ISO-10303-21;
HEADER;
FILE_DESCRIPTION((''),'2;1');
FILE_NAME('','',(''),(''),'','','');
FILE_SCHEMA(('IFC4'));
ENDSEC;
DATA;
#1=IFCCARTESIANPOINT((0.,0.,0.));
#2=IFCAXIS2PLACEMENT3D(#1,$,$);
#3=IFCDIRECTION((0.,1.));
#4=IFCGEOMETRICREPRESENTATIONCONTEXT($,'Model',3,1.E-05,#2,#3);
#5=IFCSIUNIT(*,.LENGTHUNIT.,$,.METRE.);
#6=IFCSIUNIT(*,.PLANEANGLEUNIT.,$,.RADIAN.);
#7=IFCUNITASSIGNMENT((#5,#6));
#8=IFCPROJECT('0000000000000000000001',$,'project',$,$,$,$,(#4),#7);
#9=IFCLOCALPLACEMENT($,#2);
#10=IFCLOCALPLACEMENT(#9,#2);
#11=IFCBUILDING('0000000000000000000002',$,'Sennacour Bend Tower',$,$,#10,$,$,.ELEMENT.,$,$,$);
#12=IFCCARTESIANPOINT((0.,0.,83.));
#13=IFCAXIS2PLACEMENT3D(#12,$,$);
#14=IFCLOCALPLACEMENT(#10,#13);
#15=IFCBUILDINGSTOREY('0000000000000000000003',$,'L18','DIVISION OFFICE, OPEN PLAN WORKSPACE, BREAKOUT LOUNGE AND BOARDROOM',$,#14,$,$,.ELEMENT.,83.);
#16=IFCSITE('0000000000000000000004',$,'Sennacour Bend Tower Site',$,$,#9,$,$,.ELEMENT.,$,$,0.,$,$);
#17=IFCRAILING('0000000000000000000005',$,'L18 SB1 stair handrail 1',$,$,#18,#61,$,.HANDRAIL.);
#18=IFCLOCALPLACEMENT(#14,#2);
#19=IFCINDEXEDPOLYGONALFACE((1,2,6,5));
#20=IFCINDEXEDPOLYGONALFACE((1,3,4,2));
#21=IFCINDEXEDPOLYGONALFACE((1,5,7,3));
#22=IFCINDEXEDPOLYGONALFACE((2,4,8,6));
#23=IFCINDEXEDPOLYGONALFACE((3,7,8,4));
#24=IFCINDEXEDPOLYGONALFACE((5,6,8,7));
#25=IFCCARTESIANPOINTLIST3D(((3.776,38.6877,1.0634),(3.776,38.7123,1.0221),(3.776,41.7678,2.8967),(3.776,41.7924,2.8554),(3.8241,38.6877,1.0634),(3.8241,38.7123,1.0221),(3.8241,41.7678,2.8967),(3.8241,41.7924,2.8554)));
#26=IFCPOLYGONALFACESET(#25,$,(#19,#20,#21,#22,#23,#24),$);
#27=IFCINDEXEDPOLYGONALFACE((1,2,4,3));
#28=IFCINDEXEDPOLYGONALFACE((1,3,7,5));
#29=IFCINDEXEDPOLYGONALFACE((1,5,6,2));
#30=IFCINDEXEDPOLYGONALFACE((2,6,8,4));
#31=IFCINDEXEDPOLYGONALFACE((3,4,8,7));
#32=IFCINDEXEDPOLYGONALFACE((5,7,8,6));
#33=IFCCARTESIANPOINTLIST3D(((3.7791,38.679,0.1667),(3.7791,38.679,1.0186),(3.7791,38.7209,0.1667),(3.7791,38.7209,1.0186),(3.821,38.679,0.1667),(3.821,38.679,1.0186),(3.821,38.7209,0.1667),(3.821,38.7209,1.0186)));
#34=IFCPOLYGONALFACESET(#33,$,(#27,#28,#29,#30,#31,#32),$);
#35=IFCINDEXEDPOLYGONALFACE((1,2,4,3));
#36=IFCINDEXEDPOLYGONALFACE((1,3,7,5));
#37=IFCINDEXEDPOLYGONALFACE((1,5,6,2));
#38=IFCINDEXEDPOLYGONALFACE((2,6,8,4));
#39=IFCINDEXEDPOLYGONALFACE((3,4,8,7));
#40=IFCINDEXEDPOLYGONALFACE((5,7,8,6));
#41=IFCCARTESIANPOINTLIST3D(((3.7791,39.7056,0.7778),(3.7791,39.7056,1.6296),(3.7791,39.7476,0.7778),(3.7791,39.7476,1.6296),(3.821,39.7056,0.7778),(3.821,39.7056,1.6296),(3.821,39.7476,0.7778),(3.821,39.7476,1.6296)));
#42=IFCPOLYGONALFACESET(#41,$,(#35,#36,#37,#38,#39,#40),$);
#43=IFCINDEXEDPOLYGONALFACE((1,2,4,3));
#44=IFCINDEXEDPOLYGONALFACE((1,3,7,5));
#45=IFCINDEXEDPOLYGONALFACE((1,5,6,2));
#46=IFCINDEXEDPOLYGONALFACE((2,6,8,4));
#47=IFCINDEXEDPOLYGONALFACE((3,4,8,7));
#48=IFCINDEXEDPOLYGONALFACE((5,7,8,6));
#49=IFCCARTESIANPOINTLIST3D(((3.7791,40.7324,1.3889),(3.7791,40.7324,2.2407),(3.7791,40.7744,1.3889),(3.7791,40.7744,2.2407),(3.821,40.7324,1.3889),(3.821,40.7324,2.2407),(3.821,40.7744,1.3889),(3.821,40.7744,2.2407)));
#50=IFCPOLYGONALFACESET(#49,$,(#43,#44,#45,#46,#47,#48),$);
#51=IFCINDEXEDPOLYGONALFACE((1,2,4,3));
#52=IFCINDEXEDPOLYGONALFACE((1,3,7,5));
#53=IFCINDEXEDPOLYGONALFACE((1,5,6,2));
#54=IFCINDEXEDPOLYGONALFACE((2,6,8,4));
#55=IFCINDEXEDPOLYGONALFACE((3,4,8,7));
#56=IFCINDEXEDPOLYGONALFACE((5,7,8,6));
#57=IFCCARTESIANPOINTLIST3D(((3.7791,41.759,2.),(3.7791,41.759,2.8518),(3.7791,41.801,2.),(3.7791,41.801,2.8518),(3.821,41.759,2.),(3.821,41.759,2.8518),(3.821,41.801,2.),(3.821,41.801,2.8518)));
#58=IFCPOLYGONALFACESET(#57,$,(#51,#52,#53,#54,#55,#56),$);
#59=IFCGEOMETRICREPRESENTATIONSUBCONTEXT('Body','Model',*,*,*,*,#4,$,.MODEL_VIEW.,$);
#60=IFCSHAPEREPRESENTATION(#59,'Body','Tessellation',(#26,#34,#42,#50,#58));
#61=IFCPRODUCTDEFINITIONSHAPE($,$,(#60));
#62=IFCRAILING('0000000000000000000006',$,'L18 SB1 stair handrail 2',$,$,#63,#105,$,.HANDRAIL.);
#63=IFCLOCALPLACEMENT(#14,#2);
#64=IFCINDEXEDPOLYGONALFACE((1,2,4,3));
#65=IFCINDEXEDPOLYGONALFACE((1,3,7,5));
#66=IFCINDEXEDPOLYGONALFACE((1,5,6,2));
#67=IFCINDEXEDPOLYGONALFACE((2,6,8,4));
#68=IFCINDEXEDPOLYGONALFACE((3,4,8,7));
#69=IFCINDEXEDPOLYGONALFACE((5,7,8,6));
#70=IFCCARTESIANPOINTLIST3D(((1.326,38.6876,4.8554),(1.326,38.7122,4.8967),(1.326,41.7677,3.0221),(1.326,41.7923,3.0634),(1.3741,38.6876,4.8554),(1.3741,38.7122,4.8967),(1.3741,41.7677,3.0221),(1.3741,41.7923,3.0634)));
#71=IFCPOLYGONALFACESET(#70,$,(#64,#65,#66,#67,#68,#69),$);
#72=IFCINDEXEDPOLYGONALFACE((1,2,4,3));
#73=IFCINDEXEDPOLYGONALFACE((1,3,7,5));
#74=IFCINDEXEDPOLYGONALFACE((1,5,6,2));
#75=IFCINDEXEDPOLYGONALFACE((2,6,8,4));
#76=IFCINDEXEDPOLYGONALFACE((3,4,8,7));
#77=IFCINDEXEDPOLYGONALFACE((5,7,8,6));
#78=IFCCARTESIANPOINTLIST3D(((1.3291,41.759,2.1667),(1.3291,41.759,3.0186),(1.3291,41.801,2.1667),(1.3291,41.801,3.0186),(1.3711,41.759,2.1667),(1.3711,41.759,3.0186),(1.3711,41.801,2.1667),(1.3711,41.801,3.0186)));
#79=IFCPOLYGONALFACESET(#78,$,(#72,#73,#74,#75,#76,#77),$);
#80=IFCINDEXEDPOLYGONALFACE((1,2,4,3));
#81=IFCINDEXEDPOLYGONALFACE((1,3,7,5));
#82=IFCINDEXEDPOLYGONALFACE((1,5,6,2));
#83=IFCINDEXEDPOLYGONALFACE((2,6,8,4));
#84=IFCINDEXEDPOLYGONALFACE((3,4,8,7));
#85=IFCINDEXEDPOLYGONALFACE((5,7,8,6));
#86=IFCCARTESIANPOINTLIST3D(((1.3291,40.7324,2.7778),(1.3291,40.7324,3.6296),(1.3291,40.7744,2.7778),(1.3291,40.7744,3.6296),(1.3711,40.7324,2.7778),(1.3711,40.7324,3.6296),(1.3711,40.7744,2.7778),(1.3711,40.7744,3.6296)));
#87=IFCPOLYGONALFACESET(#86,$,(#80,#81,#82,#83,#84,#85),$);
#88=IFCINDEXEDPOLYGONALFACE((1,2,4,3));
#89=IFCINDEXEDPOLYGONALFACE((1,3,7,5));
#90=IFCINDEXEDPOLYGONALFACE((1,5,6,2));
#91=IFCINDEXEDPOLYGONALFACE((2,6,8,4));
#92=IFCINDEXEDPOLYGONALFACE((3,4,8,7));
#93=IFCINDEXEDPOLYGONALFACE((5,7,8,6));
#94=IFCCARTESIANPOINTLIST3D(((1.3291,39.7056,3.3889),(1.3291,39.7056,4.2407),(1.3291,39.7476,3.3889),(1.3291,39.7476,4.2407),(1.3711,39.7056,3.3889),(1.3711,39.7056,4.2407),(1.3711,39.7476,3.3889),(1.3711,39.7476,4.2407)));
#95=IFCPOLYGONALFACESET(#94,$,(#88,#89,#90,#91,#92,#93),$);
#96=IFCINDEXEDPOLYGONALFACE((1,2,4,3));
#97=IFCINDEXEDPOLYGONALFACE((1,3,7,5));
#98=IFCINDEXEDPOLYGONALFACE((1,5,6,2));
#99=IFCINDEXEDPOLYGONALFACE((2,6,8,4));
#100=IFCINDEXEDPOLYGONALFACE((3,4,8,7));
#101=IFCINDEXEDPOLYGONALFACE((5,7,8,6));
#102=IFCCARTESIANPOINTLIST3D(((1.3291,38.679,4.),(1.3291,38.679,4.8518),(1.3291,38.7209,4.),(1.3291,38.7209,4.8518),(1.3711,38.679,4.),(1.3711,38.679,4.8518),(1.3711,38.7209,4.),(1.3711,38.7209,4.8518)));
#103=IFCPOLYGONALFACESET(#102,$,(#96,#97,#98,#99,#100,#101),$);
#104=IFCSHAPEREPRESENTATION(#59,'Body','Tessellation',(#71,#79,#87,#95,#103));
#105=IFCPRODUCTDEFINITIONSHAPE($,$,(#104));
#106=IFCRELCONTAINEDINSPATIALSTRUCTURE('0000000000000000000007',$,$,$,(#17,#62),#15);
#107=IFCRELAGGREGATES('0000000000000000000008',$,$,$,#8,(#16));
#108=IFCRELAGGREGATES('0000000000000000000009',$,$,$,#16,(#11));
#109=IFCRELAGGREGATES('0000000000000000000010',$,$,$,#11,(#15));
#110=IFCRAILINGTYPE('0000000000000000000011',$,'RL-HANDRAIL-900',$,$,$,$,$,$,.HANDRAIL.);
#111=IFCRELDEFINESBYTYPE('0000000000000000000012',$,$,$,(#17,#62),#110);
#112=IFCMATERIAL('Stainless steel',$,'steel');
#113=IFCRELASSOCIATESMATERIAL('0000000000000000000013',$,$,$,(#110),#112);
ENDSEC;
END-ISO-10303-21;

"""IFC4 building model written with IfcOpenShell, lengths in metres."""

from ifc_helpers import new_model, si_unit, direction, frame, origin, origin_2d, place, context, subcontext, project, spatial, rectangle, extrude, material, type_object, element, save


model = new_model("IFC4")

# Units and contexts
model_context = context("Model", 3, precision=1e-05, world=origin(), true_north=direction((0.0, 1.0)))
body_context = subcontext(model_context, "Body", "Model", "MODEL_VIEW")
ifc_project = project(units=[si_unit("LENGTHUNIT", "METRE"), si_unit("PLANEANGLEUNIT", "RADIAN")], contexts=[model_context])

# Site, building, storey
site_placement = place(None, origin())
site = spatial("IfcSite", under=ifc_project, at=site_placement, Name="Sennacour Bend Tower Site", CompositionType="ELEMENT", RefElevation=0.0)
building_placement = place(site_placement, origin())
building = spatial("IfcBuilding", under=site, at=building_placement, Name="Sennacour Bend Tower", CompositionType="ELEMENT")
storey_placement = place(building_placement, frame((0.0, 0.0, 83.0)))
storey = spatial("IfcBuildingStorey", under=building, at=storey_placement, Name="L18", Description="DIVISION OFFICE, OPEN PLAN WORKSPACE, BREAKOUT LOUNGE AND BOARDROOM", CompositionType="ELEMENT", Elevation=83.0)

# Railings
ifc_material_1 = material(Name="Stainless steel", Category="steel")
railing_type_1 = type_object("IfcRailingType", Name="RL-HANDRAIL-900", PredefinedType="HANDRAIL", material=ifc_material_1)
railing_1_placement = place(storey_placement, frame((3.8, 38.7, 0.1667)))
element("IfcRailing", 1, at=railing_1_placement, inside=storey, type_object=railing_type_1, Name="L18 SB1 stair handrail 1", PredefinedType="HANDRAIL", context=body_context, shape_type="SweptSolid", body=[
    extrude(rectangle(XDim=0.0481, YDim=0.0481, at=origin_2d()), frame((0.0, 0.0, 0.876), z_axis=(0.0, 0.859309, 0.511458), x_axis=(-1.0, 0.0, 0.0)), (0.0, 0.0, 1.0), 3.5845),
    extrude(rectangle(XDim=0.042, YDim=0.042, at=origin_2d()), origin(), (0.0, 0.0, 1.0), 0.8518),
    extrude(rectangle(XDim=0.042, YDim=0.042, at=origin_2d()), frame((0.0, 1.0266, 0.6111)), (0.0, 0.0, 1.0), 0.8518),
    extrude(rectangle(XDim=0.042, YDim=0.042, at=origin_2d()), frame((0.0, 2.0535, 1.2222)), (0.0, 0.0, 1.0), 0.8518),
    extrude(rectangle(XDim=0.042, YDim=0.042, at=origin_2d()), frame((0.0, 3.0801, 1.8333)), (0.0, 0.0, 1.0), 0.8518),
])
railing_2_placement = place(storey_placement, frame((1.3501, 41.78, 2.1667)))
element("IfcRailing", 2, at=railing_2_placement, inside=storey, type_object=railing_type_1, Name="L18 SB1 stair handrail 2", PredefinedType="HANDRAIL", context=body_context, shape_type="SweptSolid", body=[
    extrude(rectangle(XDim=0.0481, YDim=0.0481, at=origin_2d()), frame((0.0, 0.0, 0.876), z_axis=(0.0, -0.859309, 0.511458), x_axis=(1.0, 0.0, 0.0)), (0.0, 0.0, 1.0), 3.5845),
    extrude(rectangle(XDim=0.042, YDim=0.042, at=origin_2d()), origin(), (0.0, 0.0, 1.0), 0.8518),
    extrude(rectangle(XDim=0.042, YDim=0.042, at=origin_2d()), frame((0.0, -1.0266, 0.6111)), (0.0, 0.0, 1.0), 0.8518),
    extrude(rectangle(XDim=0.042, YDim=0.042, at=origin_2d()), frame((0.0, -2.0535, 1.2222)), (0.0, 0.0, 1.0), 0.8518),
    extrude(rectangle(XDim=0.042, YDim=0.042, at=origin_2d()), frame((0.0, -3.0801, 1.8333)), (0.0, 0.0, 1.0), 0.8518),
])

save(model, "model.ifc")
